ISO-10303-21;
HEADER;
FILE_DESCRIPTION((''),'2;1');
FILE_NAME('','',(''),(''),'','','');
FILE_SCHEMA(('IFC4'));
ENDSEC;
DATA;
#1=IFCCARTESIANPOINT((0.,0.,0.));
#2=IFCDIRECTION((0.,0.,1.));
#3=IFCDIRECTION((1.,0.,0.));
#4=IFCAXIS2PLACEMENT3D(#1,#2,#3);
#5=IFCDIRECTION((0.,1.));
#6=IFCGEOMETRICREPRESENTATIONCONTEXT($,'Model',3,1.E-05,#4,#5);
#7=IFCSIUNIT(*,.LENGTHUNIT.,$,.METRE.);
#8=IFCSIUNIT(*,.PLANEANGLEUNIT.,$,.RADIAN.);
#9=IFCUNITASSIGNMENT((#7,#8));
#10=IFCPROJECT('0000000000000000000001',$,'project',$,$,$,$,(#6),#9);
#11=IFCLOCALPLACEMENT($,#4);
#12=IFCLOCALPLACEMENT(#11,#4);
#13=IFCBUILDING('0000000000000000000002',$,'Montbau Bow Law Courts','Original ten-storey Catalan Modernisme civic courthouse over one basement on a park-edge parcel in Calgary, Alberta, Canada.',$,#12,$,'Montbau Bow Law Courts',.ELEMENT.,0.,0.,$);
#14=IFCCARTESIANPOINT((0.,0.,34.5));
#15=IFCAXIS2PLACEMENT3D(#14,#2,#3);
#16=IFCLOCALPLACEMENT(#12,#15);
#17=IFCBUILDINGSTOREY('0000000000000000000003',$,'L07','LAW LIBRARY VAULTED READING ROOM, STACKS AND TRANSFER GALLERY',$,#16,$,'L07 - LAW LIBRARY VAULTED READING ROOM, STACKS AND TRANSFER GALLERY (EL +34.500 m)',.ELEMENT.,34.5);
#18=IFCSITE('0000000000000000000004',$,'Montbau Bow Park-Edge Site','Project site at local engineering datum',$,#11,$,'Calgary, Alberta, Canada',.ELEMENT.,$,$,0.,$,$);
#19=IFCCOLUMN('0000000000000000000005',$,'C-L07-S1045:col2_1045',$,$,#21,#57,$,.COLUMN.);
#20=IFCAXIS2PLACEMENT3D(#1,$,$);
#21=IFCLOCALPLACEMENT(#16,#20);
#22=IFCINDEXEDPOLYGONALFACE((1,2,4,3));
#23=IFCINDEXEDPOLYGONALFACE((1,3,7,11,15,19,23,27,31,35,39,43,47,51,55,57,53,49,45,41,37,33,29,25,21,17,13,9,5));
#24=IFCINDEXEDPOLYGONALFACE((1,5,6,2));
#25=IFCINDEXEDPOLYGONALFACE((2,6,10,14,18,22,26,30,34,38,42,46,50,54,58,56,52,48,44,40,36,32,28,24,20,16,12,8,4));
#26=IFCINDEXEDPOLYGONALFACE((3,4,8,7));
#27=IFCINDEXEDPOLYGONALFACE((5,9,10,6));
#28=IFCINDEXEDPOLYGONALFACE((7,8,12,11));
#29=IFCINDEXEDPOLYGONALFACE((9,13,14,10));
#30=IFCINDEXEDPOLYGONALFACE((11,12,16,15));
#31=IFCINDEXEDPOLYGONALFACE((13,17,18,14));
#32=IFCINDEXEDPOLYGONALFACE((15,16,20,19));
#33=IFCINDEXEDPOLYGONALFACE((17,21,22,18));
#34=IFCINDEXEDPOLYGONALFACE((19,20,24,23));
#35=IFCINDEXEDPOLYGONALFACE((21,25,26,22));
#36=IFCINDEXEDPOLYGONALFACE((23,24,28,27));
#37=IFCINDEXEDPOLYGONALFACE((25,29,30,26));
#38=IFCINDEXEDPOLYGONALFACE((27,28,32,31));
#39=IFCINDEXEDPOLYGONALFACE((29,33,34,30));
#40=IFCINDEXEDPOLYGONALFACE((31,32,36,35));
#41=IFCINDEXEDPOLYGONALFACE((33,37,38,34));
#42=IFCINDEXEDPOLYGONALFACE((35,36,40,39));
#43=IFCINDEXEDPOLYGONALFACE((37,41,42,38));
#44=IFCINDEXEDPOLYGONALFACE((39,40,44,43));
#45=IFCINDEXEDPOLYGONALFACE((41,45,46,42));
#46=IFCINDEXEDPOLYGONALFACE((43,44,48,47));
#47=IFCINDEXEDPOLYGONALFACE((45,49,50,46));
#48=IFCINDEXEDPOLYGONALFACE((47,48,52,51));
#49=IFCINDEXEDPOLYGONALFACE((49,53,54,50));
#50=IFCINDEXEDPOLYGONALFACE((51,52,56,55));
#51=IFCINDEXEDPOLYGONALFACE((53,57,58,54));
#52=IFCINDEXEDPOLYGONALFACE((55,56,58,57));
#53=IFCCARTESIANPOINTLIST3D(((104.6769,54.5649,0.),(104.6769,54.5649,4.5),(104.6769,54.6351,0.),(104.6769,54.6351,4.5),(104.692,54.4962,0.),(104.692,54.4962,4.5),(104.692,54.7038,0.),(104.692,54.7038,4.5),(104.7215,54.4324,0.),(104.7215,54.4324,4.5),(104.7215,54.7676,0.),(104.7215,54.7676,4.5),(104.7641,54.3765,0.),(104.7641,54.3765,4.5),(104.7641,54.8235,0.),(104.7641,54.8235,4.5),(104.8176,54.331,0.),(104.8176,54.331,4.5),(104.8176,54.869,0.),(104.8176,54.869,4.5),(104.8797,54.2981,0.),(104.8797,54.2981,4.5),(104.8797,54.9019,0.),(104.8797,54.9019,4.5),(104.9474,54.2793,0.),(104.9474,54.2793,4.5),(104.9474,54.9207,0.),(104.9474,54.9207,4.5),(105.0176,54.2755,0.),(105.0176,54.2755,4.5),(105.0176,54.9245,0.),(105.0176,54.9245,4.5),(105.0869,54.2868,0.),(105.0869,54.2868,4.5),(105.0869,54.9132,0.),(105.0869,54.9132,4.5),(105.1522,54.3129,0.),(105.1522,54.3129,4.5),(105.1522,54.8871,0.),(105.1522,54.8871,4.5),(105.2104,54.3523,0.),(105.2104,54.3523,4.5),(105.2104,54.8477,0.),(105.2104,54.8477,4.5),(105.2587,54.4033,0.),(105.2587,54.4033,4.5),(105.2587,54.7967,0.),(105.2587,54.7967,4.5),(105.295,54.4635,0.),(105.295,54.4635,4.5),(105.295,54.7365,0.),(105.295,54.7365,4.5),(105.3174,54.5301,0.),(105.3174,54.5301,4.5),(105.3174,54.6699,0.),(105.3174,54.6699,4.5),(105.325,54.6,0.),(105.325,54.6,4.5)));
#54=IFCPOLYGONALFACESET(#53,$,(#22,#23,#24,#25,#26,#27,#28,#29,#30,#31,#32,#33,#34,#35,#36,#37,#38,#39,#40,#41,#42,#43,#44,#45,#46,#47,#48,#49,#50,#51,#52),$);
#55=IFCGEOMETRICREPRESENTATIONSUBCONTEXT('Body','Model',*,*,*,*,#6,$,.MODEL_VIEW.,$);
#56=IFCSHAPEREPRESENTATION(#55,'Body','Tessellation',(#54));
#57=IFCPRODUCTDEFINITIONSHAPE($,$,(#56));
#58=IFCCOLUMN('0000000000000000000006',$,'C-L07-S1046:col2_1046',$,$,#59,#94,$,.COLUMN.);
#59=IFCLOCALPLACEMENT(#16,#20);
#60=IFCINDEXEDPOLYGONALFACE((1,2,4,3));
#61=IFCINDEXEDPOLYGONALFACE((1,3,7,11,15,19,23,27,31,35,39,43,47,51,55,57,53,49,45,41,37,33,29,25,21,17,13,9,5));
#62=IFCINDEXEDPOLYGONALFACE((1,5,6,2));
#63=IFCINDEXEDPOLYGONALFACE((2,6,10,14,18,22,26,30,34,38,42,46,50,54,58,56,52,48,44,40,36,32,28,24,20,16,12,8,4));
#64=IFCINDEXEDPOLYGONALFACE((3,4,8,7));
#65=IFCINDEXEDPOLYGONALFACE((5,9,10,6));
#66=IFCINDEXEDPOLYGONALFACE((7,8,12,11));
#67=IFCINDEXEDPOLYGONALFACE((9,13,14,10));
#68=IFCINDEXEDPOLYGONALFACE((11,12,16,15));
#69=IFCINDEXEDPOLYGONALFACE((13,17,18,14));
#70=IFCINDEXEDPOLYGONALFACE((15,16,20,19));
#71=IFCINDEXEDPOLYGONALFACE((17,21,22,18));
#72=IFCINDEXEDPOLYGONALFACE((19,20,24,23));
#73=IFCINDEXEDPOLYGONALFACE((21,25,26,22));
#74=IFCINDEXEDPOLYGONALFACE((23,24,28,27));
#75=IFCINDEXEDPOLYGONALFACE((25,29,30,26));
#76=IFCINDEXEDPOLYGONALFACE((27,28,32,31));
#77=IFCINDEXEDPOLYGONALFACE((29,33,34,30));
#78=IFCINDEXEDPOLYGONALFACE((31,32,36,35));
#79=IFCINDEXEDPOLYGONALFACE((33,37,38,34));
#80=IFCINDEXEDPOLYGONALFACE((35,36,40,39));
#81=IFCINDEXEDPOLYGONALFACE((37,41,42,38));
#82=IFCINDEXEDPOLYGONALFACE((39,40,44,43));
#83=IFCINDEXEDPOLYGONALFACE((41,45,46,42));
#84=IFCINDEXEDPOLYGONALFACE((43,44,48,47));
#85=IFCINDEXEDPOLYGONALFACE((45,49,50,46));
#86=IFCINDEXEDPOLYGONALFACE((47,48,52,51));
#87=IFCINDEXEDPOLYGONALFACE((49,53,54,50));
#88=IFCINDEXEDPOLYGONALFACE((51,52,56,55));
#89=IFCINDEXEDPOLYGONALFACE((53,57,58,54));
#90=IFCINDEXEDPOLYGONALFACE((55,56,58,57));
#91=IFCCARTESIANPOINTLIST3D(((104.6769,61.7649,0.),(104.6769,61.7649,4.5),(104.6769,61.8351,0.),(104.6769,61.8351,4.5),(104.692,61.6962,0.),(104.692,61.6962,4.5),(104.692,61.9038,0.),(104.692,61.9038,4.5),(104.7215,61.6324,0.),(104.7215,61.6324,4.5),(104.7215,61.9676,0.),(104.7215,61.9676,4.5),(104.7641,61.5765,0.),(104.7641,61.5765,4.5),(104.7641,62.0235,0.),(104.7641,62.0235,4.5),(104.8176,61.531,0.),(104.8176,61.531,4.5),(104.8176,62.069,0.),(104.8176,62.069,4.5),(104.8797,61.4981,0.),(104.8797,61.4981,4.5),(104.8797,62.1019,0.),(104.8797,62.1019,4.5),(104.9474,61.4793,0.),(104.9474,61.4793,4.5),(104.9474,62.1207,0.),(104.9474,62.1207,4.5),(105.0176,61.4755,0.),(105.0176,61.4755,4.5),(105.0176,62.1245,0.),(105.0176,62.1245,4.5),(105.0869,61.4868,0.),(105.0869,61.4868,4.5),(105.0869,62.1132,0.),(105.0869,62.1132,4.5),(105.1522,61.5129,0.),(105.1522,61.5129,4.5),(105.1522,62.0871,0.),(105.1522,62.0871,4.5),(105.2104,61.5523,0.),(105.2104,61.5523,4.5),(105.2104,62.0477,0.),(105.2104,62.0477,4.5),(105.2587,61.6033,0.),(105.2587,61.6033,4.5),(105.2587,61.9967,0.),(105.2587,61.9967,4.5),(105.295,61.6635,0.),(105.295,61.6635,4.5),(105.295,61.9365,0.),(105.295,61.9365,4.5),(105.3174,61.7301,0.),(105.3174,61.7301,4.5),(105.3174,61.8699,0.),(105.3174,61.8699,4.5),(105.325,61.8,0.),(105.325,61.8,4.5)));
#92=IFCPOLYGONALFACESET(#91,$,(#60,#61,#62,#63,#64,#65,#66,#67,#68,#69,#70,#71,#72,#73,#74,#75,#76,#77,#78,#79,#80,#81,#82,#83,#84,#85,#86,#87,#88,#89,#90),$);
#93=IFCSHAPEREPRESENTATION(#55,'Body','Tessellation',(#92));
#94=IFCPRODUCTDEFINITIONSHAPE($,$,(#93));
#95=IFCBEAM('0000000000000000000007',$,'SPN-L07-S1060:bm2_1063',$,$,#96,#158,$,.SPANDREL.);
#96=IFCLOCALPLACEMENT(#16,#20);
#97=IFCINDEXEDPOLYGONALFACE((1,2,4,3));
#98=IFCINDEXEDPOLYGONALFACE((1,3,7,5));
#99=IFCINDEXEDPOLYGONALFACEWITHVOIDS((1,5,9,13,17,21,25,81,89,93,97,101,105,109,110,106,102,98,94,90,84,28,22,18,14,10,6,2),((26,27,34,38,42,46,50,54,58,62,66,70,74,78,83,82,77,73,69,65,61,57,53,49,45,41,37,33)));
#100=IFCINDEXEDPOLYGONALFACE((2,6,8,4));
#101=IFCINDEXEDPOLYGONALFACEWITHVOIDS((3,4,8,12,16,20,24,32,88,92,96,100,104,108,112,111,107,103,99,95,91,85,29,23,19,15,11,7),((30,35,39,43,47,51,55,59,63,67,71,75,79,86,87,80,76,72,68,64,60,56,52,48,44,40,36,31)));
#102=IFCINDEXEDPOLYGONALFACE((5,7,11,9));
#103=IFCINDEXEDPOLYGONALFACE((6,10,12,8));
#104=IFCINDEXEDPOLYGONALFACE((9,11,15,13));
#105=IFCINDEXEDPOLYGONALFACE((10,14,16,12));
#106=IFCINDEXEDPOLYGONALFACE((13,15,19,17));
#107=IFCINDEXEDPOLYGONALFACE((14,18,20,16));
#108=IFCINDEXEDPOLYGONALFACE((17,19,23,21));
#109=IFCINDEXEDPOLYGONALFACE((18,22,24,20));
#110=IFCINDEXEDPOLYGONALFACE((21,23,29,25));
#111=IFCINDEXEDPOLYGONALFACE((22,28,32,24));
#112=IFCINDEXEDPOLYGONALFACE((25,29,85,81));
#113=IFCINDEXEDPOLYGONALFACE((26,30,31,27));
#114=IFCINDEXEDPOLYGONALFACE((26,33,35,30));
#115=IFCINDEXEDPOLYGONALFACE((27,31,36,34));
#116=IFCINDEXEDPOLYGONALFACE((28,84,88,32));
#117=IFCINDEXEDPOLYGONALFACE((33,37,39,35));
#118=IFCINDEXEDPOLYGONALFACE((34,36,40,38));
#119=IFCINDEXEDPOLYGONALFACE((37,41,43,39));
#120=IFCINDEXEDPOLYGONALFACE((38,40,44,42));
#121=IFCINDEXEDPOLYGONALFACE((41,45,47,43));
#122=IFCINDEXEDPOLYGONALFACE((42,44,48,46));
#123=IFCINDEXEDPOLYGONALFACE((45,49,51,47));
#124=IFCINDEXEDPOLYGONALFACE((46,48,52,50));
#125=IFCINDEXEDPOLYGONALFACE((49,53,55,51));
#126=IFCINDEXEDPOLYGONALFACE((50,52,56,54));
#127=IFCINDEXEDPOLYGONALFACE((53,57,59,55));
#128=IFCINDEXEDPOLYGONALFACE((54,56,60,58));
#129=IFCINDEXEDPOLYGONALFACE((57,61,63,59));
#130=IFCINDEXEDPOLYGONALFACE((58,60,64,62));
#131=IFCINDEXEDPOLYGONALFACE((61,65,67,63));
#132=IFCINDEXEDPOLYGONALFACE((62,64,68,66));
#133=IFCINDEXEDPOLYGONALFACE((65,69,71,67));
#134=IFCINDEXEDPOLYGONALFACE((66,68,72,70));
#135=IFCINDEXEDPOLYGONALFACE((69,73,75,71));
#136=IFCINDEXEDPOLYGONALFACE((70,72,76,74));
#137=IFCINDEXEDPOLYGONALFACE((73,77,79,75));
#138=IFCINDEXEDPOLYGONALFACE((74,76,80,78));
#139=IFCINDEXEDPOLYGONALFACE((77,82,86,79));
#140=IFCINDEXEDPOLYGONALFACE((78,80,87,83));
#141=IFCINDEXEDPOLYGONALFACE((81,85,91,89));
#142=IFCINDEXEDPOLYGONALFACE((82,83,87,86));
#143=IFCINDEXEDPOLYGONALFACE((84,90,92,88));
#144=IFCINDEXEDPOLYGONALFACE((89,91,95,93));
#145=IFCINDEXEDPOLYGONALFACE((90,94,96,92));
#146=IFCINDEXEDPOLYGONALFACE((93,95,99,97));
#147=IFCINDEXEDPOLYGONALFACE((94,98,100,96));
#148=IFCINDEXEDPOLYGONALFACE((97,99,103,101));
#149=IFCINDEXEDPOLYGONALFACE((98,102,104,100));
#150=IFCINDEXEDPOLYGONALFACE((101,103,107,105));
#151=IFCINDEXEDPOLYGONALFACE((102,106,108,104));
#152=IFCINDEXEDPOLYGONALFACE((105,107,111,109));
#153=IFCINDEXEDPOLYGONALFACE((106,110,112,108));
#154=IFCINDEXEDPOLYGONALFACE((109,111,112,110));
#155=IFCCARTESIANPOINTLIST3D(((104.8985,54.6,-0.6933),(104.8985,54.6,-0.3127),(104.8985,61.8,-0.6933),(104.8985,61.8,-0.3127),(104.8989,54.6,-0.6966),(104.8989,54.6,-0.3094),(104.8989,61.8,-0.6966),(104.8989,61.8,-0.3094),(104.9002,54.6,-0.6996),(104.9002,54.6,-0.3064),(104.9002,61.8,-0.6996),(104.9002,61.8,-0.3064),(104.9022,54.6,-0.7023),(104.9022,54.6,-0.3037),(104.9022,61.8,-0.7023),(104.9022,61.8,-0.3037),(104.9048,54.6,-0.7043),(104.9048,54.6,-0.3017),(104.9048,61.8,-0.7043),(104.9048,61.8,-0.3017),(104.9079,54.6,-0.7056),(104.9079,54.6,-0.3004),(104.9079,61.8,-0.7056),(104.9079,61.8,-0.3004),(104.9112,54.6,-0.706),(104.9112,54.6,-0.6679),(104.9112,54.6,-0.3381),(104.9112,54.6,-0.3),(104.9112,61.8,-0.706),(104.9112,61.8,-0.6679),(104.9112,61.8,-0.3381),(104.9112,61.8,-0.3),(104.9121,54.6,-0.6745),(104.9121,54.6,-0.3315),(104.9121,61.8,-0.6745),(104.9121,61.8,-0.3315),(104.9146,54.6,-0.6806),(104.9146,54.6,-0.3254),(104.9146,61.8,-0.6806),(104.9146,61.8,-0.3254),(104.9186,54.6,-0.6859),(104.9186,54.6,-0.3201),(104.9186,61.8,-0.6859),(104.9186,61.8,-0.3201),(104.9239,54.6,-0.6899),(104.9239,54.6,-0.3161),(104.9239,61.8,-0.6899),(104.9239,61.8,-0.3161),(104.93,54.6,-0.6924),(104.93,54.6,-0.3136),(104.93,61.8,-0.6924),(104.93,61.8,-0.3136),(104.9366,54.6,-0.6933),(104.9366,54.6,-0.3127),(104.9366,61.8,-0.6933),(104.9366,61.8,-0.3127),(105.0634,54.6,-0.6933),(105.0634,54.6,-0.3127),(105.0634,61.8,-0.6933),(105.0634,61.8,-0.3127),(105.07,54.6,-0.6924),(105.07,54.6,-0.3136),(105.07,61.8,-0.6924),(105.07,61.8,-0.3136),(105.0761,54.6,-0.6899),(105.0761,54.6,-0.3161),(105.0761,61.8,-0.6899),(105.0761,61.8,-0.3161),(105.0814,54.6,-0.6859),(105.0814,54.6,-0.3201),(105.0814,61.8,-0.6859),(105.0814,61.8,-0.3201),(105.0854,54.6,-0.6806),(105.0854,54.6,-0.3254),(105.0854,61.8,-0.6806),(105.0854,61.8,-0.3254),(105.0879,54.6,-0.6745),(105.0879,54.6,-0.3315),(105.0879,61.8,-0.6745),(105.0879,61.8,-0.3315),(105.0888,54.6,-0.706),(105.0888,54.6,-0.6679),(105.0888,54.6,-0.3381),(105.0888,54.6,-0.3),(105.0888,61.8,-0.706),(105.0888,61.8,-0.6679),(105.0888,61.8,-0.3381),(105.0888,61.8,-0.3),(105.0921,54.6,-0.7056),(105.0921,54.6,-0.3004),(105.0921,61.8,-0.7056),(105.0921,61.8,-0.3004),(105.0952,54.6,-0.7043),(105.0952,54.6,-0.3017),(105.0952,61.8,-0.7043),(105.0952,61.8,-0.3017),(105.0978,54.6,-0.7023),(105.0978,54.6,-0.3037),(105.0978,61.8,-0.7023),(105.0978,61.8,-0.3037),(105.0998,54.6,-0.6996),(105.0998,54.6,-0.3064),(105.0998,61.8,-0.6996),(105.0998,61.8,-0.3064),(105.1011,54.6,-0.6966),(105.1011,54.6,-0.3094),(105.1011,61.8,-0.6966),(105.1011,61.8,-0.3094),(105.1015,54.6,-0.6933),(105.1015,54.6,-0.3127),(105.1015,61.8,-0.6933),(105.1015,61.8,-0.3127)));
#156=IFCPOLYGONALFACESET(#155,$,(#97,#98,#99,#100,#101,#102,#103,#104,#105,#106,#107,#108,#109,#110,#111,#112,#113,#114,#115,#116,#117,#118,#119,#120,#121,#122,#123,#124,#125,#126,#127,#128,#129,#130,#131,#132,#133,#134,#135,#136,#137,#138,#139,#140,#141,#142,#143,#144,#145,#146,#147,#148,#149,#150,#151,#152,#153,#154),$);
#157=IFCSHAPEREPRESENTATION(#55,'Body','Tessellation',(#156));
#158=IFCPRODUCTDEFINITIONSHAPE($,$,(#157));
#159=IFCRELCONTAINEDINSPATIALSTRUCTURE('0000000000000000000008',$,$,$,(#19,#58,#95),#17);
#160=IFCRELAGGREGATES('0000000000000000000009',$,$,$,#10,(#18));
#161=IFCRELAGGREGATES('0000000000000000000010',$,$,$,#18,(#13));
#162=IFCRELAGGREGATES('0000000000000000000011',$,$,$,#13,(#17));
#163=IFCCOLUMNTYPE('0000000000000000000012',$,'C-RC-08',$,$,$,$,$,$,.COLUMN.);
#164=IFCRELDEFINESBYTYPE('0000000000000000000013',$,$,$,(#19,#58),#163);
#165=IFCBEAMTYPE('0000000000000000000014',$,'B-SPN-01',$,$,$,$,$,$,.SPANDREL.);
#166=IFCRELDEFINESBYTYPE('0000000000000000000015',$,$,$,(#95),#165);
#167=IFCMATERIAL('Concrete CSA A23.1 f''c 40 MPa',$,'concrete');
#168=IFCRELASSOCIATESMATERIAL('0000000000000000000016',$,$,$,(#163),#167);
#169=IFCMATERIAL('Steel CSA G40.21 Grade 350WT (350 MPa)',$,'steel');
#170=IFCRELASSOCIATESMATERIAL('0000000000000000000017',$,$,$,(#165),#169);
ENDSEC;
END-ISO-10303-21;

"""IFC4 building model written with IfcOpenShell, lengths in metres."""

from ifc_helpers import new_model, si_unit, direction, frame, origin_with_axes, origin_2d_with_axis, place, context, subcontext, project, spatial, hollow_rectangle, circle, extrude, material, material_profile, profile_set, type_object, element, save


model = new_model("IFC4")

# Units and contexts
model_context = context("Model", 3, precision=1e-05, world=origin_with_axes(), true_north=direction((0.0, 1.0)))
body_context = subcontext(model_context, "Body", "Model", "MODEL_VIEW")
ifc_project = project(units=[si_unit("LENGTHUNIT", "METRE"), si_unit("PLANEANGLEUNIT", "RADIAN")], contexts=[model_context])

# Site, building, storey
site_placement = place(None, origin_with_axes())
site = spatial("IfcSite", under=ifc_project, at=site_placement, Name="Montbau Bow Park-Edge Site", Description="Project site at local engineering datum", LongName="Calgary, Alberta, Canada", CompositionType="ELEMENT", RefElevation=0.0)
building_placement = place(site_placement, origin_with_axes())
building = spatial("IfcBuilding", under=site, at=building_placement, Name="Montbau Bow Law Courts", Description="Original ten-storey Catalan Modernisme civic courthouse over one basement on a park-edge parcel in Calgary, Alberta, Canada.", LongName="Montbau Bow Law Courts", CompositionType="ELEMENT", ElevationOfRefHeight=0.0, ElevationOfTerrain=0.0)
storey_placement = place(building_placement, frame((0.0, 0.0, 34.5), z_axis=(0.0, 0.0, 1.0), x_axis=(1.0, 0.0, 0.0)))
storey = spatial("IfcBuildingStorey", under=building, at=storey_placement, Name="L07", Description="LAW LIBRARY VAULTED READING ROOM, STACKS AND TRANSFER GALLERY", LongName="L07 - LAW LIBRARY VAULTED READING ROOM, STACKS AND TRANSFER GALLERY (EL +34.500 m)", CompositionType="ELEMENT", Elevation=34.5)

# Columns
ifc_material_1 = material(Name="Concrete CSA A23.1 f'c 40 MPa", Category="concrete")
ifc_material_profile_1 = material_profile(ifc_material_1, circle(Radius=0.325, at=origin_2d_with_axis()), Name="RC650D", Category="Main", Priority=0)
ifc_profile_set_1 = profile_set([ifc_material_profile_1], Name="Concrete CSA A23.1 f'c 40 MPa")
column_type = type_object("IfcColumnType", Name="C-RC-08", PredefinedType="COLUMN", material=ifc_profile_set_1)
for number, where, z_axis, x_axis, name in (
    (1, (105.0, 54.6, 34.5), (0.0, 0.0, 1.0), (1.0, 0.0, 0.0), "C-L07-S1045:col2_1045"),
    (2, (105.0, 61.8, 34.5), (0.0, 0.0, 1.0), (1.0, 0.0, 0.0), "C-L07-S1046:col2_1046"),
):
    element("IfcColumn", number, at=place(None, frame(where, z_axis=z_axis, x_axis=x_axis)), inside=storey, type_object=column_type, Name=name, PredefinedType="COLUMN", context=body_context, shape_type="SweptSolid", body=[
        extrude(circle(Radius=0.325, at=origin_2d_with_axis()), origin_with_axes(), (0.0, 0.0, 1.0), 4.5),
    ])

# Beam
ifc_material_2 = material(Name="Steel CSA G40.21 Grade 350WT (350 MPa)", Category="steel")
ifc_material_profile_2 = material_profile(ifc_material_2, hollow_rectangle(XDim=0.203, YDim=0.406, WallThickness=0.0127, InnerFilletRadius=0.0254, OuterFilletRadius=0.0127, at=origin_2d_with_axis()), Name="HSS406X203X13", Category="Main", Priority=0)
ifc_profile_set_2 = profile_set([ifc_material_profile_2], Name="Steel CSA G40.21 Grade 350WT (350 MPa)")
beam_type = type_object("IfcBeamType", Name="B-SPN-01", PredefinedType="SPANDREL", material=ifc_profile_set_2)
beam_placement = place(None, frame((105.0, 54.6, 33.997), z_axis=(0.0, 1.0, 0.0), x_axis=(-1.0, 0.0, 0.0)))
element("IfcBeam", 3, at=beam_placement, inside=storey, type_object=beam_type, Name="SPN-L07-S1060:bm2_1063", PredefinedType="SPANDREL", context=body_context, shape_type="SweptSolid", body=[
    extrude(hollow_rectangle(XDim=0.203, YDim=0.406, WallThickness=0.0127, InnerFilletRadius=0.0254, OuterFilletRadius=0.0127, at=origin_2d_with_axis()), origin_with_axes(), (0.0, 0.0, 1.0), 7.2),
])

save(model, "model.ifc")
